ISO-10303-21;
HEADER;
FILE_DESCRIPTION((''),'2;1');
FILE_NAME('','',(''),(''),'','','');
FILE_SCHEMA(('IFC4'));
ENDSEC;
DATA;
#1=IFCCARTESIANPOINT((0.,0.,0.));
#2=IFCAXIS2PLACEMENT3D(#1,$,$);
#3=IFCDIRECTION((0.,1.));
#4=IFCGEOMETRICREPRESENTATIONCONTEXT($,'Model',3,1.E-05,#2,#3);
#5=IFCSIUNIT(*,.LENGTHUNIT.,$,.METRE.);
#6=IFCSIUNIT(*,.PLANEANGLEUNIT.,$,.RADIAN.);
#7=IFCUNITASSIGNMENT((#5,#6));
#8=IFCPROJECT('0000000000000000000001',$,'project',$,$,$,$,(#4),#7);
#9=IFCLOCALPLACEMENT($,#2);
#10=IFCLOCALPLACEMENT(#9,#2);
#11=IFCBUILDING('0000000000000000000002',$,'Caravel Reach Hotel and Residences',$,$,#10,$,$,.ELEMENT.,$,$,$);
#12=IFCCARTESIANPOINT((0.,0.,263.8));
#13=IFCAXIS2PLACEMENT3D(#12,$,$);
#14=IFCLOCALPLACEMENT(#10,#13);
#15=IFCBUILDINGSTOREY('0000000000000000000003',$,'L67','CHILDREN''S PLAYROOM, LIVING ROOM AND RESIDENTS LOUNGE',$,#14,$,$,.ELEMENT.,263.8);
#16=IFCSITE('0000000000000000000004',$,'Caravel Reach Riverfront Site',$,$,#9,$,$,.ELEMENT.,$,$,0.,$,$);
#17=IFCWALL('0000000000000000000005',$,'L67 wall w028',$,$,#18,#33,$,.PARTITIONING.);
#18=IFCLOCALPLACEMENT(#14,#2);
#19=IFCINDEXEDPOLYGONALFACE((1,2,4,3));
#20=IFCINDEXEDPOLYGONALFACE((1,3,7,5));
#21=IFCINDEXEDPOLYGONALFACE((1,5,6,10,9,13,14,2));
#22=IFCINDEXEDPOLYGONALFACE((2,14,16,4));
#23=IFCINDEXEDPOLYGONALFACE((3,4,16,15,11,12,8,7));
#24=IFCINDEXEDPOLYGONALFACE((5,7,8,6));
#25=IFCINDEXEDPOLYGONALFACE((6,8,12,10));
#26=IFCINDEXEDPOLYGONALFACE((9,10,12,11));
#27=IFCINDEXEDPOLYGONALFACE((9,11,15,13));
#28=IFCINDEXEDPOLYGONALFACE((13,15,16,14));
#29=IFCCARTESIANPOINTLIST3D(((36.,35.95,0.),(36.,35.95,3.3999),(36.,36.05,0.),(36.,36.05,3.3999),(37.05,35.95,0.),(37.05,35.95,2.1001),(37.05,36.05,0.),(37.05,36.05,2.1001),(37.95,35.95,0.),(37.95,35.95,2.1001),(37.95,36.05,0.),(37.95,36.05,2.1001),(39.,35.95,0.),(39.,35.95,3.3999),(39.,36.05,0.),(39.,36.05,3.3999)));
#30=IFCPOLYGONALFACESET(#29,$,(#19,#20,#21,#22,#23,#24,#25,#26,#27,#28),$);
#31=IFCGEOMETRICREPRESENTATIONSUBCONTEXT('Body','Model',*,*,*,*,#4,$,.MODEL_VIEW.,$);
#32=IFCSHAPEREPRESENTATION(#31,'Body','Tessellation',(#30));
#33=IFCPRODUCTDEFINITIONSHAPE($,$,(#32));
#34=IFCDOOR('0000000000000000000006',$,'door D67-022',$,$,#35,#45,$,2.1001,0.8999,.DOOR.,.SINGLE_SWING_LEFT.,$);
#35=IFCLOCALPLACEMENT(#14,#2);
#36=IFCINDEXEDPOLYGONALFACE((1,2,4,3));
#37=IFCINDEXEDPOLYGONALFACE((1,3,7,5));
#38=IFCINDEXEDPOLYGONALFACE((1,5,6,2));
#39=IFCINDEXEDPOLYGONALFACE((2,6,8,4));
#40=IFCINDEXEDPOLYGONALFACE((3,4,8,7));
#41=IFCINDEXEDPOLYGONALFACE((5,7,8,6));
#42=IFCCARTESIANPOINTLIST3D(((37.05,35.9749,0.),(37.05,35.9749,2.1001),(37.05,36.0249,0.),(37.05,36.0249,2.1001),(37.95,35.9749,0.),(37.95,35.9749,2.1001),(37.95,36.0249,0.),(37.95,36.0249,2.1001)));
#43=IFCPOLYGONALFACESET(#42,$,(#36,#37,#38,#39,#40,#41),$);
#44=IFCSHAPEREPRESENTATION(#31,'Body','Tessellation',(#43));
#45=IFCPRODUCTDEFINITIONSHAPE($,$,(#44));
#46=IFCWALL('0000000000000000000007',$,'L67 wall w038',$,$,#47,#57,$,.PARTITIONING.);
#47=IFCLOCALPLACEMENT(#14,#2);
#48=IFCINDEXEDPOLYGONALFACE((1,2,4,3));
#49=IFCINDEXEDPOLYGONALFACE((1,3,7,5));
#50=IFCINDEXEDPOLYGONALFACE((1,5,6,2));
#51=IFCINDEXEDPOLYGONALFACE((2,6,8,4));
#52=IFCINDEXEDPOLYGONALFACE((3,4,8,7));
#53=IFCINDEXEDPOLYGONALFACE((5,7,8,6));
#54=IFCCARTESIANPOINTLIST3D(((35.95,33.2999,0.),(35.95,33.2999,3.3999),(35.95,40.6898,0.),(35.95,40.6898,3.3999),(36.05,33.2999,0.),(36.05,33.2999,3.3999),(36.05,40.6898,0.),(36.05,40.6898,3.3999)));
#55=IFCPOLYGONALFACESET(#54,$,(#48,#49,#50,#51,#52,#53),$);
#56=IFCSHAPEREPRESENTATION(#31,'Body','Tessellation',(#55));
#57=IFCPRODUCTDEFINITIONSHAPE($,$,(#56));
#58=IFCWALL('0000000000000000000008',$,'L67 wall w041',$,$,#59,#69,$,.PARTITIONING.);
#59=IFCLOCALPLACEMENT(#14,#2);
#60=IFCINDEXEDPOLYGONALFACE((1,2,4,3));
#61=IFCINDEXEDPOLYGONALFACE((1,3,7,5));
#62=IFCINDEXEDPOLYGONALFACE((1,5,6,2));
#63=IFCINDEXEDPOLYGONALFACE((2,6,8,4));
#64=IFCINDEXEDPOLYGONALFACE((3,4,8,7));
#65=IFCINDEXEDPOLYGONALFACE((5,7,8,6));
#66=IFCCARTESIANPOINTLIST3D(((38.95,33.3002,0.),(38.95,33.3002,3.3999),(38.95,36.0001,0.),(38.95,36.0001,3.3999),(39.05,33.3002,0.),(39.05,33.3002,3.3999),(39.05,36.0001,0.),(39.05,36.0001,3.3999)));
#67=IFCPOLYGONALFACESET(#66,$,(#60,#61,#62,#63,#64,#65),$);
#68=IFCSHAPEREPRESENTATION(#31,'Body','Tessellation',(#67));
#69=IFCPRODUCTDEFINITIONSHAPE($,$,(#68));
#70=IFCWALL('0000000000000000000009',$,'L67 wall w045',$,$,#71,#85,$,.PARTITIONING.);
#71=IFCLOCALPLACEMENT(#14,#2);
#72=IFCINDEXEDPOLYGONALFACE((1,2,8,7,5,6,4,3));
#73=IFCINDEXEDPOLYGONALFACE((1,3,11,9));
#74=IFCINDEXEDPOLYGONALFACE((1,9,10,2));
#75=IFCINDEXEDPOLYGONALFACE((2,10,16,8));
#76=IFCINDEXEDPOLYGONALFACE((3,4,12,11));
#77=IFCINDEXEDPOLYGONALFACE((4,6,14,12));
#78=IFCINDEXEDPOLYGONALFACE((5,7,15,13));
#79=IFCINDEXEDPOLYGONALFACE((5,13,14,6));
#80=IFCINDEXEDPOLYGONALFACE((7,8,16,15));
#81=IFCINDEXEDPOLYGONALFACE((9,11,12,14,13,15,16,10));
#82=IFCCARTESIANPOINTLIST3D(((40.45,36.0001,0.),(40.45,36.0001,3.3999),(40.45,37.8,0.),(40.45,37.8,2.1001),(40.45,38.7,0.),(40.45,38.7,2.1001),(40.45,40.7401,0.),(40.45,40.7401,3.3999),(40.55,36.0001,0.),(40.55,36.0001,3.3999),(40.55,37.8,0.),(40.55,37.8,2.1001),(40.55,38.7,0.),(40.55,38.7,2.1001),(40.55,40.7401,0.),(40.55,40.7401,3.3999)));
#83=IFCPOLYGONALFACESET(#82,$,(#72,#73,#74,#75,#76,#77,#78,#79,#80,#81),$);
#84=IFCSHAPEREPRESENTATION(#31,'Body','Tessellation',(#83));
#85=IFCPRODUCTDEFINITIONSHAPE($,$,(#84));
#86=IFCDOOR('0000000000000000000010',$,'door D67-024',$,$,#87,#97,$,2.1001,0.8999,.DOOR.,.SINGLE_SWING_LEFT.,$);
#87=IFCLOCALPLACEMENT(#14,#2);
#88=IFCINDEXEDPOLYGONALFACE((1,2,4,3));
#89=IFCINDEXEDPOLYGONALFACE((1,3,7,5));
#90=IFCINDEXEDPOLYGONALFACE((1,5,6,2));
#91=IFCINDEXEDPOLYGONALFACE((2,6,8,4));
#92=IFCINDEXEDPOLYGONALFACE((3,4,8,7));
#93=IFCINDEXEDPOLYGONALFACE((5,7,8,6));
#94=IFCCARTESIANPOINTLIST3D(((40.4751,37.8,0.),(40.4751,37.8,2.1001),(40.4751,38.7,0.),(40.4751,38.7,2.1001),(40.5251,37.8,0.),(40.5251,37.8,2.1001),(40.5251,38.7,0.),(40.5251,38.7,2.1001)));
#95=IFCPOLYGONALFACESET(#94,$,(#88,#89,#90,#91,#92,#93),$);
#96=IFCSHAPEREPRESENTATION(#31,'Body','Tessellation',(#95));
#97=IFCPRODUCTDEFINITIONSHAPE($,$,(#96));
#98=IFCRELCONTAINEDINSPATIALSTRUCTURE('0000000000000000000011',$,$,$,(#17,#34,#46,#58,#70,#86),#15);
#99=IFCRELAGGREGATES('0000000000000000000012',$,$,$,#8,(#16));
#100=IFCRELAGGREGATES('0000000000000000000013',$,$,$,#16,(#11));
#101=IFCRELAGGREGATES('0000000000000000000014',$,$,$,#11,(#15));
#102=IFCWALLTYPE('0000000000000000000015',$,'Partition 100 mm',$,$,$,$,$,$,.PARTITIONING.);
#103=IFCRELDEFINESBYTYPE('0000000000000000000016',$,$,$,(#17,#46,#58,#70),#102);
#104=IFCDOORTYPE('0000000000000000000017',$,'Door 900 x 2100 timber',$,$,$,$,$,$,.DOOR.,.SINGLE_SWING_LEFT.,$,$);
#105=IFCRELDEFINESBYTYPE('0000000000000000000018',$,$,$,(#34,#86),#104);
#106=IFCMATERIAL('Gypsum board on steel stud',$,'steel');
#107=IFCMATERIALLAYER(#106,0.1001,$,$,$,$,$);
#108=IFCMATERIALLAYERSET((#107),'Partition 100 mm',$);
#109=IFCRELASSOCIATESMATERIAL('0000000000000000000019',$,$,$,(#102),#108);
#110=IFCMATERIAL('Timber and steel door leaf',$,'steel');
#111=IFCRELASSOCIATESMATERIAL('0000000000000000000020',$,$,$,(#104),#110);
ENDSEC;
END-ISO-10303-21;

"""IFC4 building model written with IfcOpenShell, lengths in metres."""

from ifc_helpers import new_model, si_unit, direction, frame, frame_2d, origin, place, context, subcontext, project, spatial, rectangle, extrude, material, layer, layer_set, type_object, element, fill, save


model = new_model("IFC4")

# Units and contexts
model_context = context("Model", 3, precision=1e-05, world=origin(), true_north=direction((0.0, 1.0)))
body_context = subcontext(model_context, "Body", "Model", "MODEL_VIEW")
ifc_project = project(units=[si_unit("LENGTHUNIT", "METRE"), si_unit("PLANEANGLEUNIT", "RADIAN")], contexts=[model_context])

# Site, building, storey
site_placement = place(None, origin())
site = spatial("IfcSite", under=ifc_project, at=site_placement, Name="Caravel Reach Riverfront Site", CompositionType="ELEMENT", RefElevation=0.0)
building_placement = place(site_placement, origin())
building = spatial("IfcBuilding", under=site, at=building_placement, Name="Caravel Reach Hotel and Residences", CompositionType="ELEMENT")
storey_placement = place(building_placement, frame((0.0, 0.0, 263.8)))
storey = spatial("IfcBuildingStorey", under=building, at=storey_placement, Name="L67", Description="CHILDREN'S PLAYROOM, LIVING ROOM AND RESIDENTS LOUNGE", CompositionType="ELEMENT", Elevation=263.8)

# Shared definitions
ifc_material_1 = material(Name="Gypsum board on steel stud", Category="steel")
ifc_layer_1 = layer(ifc_material_1, 0.1001)
ifc_layer_set_1 = layer_set([ifc_layer_1], Name="Partition 100 mm")
wall_type_1 = type_object("IfcWallType", Name="Partition 100 mm", PredefinedType="PARTITIONING", material=ifc_layer_set_1)

# Wall, opening, door
wall_1_placement = place(storey_placement, frame((36.0, 36.0, 0.0), z_axis=(0.0, 0.0, 1.0), x_axis=(1.0, 0.0, 0.0)))
wall_1 = element("IfcWall", 1, at=wall_1_placement, inside=storey, type_object=wall_type_1, Name="L67 wall w028", PredefinedType="PARTITIONING", context=body_context, shape_type="SweptSolid", body=[
    extrude(rectangle(XDim=3.0, YDim=0.1001, at=frame_2d((1.5, 0.0))), origin(), (0.0, 0.0, 1.0), 3.3999),
])
opening_1_placement = place(wall_1_placement, frame((1.05, 0.0, 0.0)))
opening_1 = element("IfcOpeningElement", 2, at=opening_1_placement, cuts=wall_1, PredefinedType="OPENING", context=body_context, shape_type="SweptSolid", body=[
    extrude(rectangle(XDim=0.8999, YDim=2.1001, at=frame_2d((0.45, 1.05))), frame((0.0, 0.0601, 0.0), z_axis=(0.0, -1.0, 0.0), x_axis=(1.0, 0.0, 0.0)), (0.0, 0.0, 1.0), 0.1201),
])
ifc_material_2 = material(Name="Timber and steel door leaf", Category="steel")
door_type = type_object("IfcDoorType", Name="Door 900 x 2100 timber", OperationType="SINGLE_SWING_LEFT", PredefinedType="DOOR", material=ifc_material_2)
door_1_placement = place(opening_1_placement, origin())
door_1 = element("IfcDoor", 3, at=door_1_placement, inside=storey, type_object=door_type, Name="door D67-022", OperationType="SINGLE_SWING_LEFT", OverallHeight=2.1001, OverallWidth=0.8999, PredefinedType="DOOR", context=body_context, shape_type="SweptSolid", body=[
    extrude(rectangle(XDim=0.8999, YDim=2.1001, at=frame_2d((0.45, 1.05))), frame((0.0, 0.0249, 0.0), z_axis=(0.0, -1.0, 0.0), x_axis=(1.0, 0.0, 0.0)), (0.0, 0.0, 1.0), 0.05),
])
fill(opening_1, door_1)

# Walls
wall_2_placement = place(storey_placement, frame((36.0, 33.3, 0.0), z_axis=(0.0, 0.0, 1.0), x_axis=(0.0, 1.0, 0.0)))
element("IfcWall", 4, at=wall_2_placement, inside=storey, type_object=wall_type_1, Name="L67 wall w038", PredefinedType="PARTITIONING", context=body_context, shape_type="SweptSolid", body=[
    extrude(rectangle(XDim=7.3899, YDim=0.1001, at=frame_2d((3.6948, 0.0))), origin(), (0.0, 0.0, 1.0), 3.3999),
])
wall_3_placement = place(storey_placement, frame((39.0, 33.3, 0.0), z_axis=(0.0, 0.0, 1.0), x_axis=(0.0, 1.0, 0.0)))
element("IfcWall", 5, at=wall_3_placement, inside=storey, type_object=wall_type_1, Name="L67 wall w041", PredefinedType="PARTITIONING", context=body_context, shape_type="SweptSolid", body=[
    extrude(rectangle(XDim=2.7, YDim=0.1001, at=frame_2d((1.3501, 0.0))), origin(), (0.0, 0.0, 1.0), 3.3999),
])

# Wall, opening, door
wall_4_placement = place(storey_placement, frame((40.5, 36.0, 0.0), z_axis=(0.0, 0.0, 1.0), x_axis=(0.0, 1.0, 0.0)))
wall_4 = element("IfcWall", 6, at=wall_4_placement, inside=storey, type_object=wall_type_1, Name="L67 wall w045", PredefinedType="PARTITIONING", context=body_context, shape_type="SweptSolid", body=[
    extrude(rectangle(XDim=4.74, YDim=0.1001, at=frame_2d((2.3701, 0.0))), origin(), (0.0, 0.0, 1.0), 3.3999),
])
opening_2_placement = place(wall_4_placement, frame((1.8, 0.0, 0.0)))
opening_2 = element("IfcOpeningElement", 7, at=opening_2_placement, cuts=wall_4, PredefinedType="OPENING", context=body_context, shape_type="SweptSolid", body=[
    extrude(rectangle(XDim=0.8999, YDim=2.1001, at=frame_2d((0.45, 1.05))), frame((0.0, 0.0601, 0.0), z_axis=(0.0, -1.0, 0.0), x_axis=(1.0, 0.0, 0.0)), (0.0, 0.0, 1.0), 0.1201),
])
door_2_placement = place(opening_2_placement, origin())
door_2 = element("IfcDoor", 8, at=door_2_placement, inside=storey, type_object=door_type, Name="door D67-024", OperationType="SINGLE_SWING_LEFT", OverallHeight=2.1001, OverallWidth=0.8999, PredefinedType="DOOR", context=body_context, shape_type="SweptSolid", body=[
    extrude(rectangle(XDim=0.8999, YDim=2.1001, at=frame_2d((0.45, 1.05))), frame((0.0, 0.0249, 0.0), z_axis=(0.0, -1.0, 0.0), x_axis=(1.0, 0.0, 0.0)), (0.0, 0.0, 1.0), 0.05),
])
fill(opening_2, door_2)

save(model, "model.ifc")
